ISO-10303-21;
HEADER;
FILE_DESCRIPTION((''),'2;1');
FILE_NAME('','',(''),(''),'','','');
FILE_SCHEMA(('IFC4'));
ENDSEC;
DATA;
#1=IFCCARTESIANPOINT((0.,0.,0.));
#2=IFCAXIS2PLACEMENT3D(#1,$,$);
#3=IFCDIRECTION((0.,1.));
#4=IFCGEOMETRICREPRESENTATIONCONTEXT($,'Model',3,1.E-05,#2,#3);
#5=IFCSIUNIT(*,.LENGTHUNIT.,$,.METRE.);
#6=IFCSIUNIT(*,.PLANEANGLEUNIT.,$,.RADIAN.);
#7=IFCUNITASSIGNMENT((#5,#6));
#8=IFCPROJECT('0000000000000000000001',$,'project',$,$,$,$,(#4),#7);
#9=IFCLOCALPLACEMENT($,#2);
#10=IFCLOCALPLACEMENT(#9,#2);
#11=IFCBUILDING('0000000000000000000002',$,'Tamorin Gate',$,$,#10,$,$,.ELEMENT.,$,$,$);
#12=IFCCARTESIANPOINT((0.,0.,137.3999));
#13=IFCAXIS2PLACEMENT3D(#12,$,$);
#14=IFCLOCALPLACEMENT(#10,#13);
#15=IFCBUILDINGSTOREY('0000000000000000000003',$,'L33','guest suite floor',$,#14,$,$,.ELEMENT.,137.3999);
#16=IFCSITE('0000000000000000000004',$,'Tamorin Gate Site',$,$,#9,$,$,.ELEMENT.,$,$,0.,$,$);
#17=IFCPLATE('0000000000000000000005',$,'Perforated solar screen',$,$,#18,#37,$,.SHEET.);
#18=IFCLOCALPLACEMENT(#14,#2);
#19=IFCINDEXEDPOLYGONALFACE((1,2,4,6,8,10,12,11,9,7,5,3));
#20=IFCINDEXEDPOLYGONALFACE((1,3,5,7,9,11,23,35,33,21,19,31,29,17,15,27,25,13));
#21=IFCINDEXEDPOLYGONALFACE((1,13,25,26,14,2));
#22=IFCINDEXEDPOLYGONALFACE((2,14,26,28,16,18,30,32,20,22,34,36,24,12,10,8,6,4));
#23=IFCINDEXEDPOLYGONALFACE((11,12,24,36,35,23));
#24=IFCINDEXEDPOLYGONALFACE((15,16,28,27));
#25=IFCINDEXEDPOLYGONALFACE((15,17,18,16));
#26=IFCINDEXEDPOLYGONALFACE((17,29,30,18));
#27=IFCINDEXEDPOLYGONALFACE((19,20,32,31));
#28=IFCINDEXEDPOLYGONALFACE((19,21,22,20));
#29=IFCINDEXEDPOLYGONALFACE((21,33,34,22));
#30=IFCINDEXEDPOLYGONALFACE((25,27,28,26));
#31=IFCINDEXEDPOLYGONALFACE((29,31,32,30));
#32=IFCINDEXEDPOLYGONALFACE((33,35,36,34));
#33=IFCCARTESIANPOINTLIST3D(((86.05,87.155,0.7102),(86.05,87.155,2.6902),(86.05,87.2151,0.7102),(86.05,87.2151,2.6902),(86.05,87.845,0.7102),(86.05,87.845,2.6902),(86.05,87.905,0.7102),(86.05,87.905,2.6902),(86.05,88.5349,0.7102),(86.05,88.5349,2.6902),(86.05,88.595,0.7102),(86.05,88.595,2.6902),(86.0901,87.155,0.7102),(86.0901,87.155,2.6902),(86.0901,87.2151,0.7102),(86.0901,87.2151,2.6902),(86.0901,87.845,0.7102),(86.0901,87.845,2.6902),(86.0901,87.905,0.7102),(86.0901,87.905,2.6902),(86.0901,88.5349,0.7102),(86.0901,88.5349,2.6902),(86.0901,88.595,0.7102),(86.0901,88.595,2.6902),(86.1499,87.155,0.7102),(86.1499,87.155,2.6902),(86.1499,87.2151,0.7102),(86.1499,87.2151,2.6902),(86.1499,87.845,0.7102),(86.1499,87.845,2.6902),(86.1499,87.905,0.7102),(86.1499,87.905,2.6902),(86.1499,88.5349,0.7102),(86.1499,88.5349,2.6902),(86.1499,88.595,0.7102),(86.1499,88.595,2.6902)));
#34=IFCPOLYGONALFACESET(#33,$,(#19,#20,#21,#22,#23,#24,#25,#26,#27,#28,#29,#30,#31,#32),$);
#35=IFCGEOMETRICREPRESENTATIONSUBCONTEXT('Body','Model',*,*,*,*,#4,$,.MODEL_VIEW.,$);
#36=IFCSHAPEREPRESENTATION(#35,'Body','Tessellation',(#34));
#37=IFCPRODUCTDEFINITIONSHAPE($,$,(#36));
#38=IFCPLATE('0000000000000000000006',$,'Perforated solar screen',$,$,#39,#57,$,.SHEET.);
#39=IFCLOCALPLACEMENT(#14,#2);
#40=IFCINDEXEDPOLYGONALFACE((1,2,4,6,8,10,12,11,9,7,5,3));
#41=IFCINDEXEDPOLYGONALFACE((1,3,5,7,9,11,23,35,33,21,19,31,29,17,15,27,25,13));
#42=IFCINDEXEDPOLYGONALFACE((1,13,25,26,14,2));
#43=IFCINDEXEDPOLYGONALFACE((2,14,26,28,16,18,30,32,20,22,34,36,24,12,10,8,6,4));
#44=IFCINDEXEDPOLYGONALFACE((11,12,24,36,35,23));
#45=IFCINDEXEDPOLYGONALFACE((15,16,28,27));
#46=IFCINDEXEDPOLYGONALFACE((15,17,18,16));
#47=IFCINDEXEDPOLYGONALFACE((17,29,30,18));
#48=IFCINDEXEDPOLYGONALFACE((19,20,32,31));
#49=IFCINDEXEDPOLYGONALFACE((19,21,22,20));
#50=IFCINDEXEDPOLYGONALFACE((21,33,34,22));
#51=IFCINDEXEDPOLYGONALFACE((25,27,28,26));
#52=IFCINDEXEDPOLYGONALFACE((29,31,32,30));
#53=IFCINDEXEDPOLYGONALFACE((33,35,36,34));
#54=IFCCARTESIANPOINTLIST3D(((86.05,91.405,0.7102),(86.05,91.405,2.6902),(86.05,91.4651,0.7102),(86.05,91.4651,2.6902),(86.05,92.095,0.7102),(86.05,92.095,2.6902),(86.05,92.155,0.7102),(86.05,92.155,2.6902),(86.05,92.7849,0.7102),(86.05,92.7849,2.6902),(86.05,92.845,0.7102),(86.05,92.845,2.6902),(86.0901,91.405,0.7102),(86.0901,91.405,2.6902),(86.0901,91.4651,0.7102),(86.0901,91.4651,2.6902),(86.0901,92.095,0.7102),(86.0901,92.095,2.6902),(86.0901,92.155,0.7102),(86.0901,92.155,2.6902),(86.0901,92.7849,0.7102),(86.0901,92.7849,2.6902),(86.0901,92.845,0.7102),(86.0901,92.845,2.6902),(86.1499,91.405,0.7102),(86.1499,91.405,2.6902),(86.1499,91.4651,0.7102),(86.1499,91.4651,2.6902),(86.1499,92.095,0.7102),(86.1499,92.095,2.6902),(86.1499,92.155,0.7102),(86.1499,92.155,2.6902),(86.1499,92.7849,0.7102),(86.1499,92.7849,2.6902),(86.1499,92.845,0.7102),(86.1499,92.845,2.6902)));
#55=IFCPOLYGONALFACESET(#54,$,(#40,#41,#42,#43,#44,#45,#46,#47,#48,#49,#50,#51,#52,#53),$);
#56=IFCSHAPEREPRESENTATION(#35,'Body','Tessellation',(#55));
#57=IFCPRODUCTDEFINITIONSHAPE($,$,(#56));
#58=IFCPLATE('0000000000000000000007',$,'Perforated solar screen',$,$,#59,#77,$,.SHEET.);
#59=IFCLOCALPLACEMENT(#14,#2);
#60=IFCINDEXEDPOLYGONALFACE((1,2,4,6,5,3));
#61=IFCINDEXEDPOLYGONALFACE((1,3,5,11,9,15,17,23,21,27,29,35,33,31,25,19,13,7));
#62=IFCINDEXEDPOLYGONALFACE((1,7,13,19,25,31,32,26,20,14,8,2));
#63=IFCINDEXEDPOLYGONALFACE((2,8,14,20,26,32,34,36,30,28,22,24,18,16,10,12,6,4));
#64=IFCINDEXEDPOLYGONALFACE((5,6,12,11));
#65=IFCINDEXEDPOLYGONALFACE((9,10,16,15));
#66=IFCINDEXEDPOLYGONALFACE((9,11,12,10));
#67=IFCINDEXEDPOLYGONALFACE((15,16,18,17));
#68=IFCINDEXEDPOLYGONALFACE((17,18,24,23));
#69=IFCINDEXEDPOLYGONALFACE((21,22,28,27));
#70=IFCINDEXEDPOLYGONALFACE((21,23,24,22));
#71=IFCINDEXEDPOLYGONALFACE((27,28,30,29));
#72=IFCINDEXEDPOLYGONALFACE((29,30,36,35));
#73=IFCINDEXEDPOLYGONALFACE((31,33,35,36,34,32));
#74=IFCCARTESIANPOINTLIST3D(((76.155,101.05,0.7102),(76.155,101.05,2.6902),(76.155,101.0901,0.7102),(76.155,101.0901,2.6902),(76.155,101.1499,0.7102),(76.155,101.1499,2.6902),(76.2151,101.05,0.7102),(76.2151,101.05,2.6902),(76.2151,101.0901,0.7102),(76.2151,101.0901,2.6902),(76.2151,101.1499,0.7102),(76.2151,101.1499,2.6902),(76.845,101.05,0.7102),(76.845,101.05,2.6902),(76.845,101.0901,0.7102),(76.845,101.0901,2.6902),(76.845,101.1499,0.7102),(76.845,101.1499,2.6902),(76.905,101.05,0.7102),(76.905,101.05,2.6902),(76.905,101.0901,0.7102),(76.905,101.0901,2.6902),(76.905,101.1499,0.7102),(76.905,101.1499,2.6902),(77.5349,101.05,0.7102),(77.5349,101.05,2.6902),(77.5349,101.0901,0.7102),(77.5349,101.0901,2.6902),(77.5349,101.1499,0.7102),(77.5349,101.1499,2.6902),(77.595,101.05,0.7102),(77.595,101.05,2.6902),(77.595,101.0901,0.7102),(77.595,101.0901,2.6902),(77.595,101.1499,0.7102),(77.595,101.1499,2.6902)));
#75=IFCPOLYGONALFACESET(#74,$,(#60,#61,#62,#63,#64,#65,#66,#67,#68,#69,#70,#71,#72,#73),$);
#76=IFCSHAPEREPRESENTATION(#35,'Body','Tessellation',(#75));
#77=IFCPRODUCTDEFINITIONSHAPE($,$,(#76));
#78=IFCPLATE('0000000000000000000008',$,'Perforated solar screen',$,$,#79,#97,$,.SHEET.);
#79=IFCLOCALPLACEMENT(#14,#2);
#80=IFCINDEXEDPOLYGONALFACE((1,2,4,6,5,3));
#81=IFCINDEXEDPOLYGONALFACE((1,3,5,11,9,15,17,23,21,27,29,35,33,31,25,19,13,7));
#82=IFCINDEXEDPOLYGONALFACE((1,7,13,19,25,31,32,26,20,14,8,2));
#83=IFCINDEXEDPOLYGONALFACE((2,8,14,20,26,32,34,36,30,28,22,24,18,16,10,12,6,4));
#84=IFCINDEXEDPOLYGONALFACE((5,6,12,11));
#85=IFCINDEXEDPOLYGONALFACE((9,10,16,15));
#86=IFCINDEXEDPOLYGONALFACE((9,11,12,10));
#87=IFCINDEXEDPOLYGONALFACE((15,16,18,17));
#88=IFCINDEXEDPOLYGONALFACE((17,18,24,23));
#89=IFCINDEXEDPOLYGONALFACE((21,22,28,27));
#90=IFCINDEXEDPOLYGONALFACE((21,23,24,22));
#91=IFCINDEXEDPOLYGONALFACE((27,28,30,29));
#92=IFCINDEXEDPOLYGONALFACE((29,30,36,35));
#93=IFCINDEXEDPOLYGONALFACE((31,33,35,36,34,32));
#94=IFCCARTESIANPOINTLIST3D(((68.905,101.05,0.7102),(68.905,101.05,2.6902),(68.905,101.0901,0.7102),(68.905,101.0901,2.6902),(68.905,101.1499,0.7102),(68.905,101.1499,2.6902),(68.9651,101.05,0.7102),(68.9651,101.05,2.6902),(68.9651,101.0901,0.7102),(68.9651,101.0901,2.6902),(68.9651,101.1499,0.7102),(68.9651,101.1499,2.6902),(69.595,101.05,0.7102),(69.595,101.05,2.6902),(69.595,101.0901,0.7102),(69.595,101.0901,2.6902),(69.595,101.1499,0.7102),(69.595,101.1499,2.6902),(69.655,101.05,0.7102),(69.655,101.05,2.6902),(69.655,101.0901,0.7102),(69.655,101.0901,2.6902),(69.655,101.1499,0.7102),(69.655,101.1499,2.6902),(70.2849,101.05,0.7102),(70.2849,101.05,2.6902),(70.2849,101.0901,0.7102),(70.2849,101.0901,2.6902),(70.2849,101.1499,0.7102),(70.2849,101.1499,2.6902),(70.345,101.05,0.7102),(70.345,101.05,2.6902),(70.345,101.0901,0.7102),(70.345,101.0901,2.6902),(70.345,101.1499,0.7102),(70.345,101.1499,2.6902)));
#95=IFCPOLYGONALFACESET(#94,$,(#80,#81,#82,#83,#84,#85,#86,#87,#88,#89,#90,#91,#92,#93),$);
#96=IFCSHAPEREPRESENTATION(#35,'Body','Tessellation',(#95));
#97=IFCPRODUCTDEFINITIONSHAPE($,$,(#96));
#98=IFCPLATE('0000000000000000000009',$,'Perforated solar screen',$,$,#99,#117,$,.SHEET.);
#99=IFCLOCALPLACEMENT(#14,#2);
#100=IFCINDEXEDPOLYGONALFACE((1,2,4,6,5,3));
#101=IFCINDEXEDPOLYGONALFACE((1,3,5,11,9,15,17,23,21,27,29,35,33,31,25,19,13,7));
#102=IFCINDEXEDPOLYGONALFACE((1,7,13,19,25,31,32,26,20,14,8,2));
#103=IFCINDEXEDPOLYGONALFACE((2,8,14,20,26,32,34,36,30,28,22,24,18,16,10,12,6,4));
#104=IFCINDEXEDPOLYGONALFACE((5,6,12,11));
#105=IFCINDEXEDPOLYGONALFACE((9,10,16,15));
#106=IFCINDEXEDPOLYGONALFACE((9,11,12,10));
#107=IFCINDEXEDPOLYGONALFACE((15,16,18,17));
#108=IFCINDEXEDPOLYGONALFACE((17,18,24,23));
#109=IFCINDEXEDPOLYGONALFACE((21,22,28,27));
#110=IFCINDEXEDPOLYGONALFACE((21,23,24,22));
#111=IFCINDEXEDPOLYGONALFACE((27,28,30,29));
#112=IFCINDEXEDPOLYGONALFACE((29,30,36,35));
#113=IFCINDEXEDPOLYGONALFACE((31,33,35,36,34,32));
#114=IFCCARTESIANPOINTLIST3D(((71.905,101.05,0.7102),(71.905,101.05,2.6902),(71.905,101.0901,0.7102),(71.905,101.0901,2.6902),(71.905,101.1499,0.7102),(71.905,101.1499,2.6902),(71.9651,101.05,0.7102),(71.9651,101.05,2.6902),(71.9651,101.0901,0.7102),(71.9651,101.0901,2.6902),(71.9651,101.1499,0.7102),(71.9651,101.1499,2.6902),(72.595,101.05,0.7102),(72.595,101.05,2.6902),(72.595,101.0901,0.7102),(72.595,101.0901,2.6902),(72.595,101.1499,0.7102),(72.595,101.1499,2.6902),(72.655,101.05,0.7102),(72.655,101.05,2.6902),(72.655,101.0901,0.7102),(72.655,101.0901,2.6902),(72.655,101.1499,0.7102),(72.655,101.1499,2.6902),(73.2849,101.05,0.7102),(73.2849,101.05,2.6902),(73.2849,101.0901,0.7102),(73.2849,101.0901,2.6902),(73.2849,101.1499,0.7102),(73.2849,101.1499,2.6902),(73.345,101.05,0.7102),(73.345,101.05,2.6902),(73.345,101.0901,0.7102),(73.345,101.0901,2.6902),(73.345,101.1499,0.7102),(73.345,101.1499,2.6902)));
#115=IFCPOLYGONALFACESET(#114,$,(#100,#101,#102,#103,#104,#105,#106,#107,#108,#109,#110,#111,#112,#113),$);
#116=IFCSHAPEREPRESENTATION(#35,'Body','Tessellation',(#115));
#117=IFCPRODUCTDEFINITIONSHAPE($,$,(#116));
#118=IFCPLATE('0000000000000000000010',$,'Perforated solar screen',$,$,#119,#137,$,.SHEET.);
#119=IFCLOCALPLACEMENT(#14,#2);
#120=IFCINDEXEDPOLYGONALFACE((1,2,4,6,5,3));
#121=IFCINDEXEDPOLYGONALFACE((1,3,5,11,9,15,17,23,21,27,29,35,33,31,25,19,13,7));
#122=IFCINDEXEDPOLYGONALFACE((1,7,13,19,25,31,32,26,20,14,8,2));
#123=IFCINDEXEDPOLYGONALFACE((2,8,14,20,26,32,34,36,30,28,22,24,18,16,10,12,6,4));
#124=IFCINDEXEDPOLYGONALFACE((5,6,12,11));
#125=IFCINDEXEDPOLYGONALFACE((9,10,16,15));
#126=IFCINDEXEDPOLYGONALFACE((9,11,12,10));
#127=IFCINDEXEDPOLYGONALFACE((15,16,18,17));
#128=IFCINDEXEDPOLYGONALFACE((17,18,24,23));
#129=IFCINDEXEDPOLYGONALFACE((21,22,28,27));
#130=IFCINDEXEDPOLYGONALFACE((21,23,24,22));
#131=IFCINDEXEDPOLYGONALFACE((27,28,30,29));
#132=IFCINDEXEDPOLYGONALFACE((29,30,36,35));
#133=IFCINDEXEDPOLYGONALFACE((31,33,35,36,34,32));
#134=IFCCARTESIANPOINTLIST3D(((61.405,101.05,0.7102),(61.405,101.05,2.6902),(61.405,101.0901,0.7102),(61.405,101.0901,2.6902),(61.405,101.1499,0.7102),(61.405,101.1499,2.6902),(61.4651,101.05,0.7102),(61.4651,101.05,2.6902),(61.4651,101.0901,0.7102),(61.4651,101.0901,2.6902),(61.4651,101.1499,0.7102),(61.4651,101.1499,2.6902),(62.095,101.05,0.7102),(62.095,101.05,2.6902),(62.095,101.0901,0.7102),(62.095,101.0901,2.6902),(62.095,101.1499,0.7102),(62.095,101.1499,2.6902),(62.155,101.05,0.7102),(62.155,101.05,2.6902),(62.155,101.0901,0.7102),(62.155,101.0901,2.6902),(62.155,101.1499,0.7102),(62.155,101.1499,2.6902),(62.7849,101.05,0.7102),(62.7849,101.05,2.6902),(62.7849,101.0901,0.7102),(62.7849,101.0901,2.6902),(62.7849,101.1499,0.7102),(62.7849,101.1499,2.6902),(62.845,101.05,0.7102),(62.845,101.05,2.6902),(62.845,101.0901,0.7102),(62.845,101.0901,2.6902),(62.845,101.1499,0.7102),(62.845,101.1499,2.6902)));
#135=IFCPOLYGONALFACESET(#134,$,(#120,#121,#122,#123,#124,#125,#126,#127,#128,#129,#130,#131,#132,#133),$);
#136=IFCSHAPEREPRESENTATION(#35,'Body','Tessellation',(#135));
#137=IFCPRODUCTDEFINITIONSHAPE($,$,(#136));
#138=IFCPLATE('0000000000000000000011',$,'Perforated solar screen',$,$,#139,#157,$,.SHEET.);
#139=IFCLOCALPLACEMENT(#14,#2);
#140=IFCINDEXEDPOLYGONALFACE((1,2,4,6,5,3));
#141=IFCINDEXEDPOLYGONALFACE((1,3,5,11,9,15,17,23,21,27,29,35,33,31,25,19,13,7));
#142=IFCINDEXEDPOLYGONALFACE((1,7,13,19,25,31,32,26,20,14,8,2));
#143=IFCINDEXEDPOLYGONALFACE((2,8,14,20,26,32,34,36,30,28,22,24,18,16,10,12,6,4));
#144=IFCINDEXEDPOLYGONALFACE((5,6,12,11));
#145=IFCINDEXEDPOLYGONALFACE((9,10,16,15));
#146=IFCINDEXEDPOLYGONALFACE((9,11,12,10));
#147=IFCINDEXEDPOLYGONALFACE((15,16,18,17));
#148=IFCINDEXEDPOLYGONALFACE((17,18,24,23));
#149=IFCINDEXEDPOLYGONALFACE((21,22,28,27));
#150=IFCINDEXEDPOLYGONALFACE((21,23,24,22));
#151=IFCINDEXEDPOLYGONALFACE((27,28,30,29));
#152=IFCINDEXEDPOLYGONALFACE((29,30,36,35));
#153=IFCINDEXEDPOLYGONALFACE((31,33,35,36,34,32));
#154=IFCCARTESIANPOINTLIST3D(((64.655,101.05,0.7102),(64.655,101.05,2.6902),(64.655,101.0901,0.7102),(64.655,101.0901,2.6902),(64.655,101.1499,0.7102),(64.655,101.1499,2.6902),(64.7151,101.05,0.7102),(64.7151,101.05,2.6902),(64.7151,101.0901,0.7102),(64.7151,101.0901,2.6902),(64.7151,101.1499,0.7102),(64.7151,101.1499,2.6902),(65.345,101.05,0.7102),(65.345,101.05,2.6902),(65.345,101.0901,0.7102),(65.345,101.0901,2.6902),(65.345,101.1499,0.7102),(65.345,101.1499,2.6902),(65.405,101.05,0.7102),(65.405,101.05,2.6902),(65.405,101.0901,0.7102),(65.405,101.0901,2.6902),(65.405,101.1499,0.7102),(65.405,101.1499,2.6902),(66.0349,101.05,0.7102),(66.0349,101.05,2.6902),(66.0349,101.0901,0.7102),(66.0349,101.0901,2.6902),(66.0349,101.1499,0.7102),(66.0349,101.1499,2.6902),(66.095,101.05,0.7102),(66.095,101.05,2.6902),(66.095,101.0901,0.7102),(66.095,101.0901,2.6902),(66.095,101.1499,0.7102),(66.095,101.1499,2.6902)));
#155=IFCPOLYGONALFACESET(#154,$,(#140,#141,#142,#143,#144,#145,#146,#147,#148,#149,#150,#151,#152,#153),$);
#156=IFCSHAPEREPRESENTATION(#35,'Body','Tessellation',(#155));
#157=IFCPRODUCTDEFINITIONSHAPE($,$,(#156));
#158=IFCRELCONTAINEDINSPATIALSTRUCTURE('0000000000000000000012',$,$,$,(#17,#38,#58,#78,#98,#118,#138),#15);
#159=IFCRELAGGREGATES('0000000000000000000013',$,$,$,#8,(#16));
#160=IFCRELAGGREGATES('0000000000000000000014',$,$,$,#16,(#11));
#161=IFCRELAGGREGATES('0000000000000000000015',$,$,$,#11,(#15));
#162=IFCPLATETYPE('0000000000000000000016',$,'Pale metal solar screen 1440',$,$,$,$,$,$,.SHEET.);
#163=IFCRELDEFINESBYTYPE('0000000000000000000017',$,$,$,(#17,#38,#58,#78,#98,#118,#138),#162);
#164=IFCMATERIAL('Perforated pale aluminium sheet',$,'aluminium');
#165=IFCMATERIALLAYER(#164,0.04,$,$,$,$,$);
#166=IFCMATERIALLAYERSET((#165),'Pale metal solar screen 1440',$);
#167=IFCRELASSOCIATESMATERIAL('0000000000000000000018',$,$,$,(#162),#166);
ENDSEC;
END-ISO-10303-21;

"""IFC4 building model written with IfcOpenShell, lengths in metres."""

from ifc_helpers import new_model, si_unit, direction, frame, origin, place, context, subcontext, project, spatial, polyline, outline, extrude, material, layer, layer_set, type_object, element, save


model = new_model("IFC4")

# Units and contexts
model_context = context("Model", 3, precision=1e-05, world=origin(), true_north=direction((0.0, 1.0)))
body_context = subcontext(model_context, "Body", "Model", "MODEL_VIEW")
ifc_project = project(units=[si_unit("LENGTHUNIT", "METRE"), si_unit("PLANEANGLEUNIT", "RADIAN")], contexts=[model_context])

# Site, building, storey
site_placement = place(None, origin())
site = spatial("IfcSite", under=ifc_project, at=site_placement, Name="Tamorin Gate Site", CompositionType="ELEMENT", RefElevation=0.0)
building_placement = place(site_placement, origin())
building = spatial("IfcBuilding", under=site, at=building_placement, Name="Tamorin Gate", CompositionType="ELEMENT")
storey_placement = place(building_placement, frame((0.0, 0.0, 137.3999)))
storey = spatial("IfcBuildingStorey", under=building, at=storey_placement, Name="L33", Description="guest suite floor", CompositionType="ELEMENT", Elevation=137.3999)

# Plates
ifc_material = material(Name="Perforated pale aluminium sheet", Category="aluminium")
ifc_layer_1 = layer(ifc_material, 0.04)
ifc_layer_set_1 = layer_set([ifc_layer_1], Name="Pale metal solar screen 1440")
plate_type_1 = type_object("IfcPlateType", Name="Pale metal solar screen 1440", PredefinedType="SHEET", material=ifc_layer_set_1)
plate_1_placement = place(storey_placement, frame((0.0, 0.0, 0.7102)))
element("IfcPlate", 1, at=plate_1_placement, inside=storey, type_object=plate_type_1, Name="Perforated solar screen", PredefinedType="SHEET", context=body_context, shape_type="SweptSolid", body=[
    extrude(outline(polyline([(86.0901, 87.155), (86.05, 87.155), (86.05, 87.2151), (86.05, 87.845), (86.05, 87.905), (86.05, 88.5349), (86.05, 88.595), (86.0901, 88.595), (86.1499, 88.595), (86.1499, 88.5349), (86.0901, 88.5349), (86.0901, 87.905), (86.1499, 87.905), (86.1499, 87.845), (86.0901, 87.845), (86.0901, 87.2151), (86.1499, 87.2151), (86.1499, 87.155), (86.0901, 87.155)])), origin(), (0.0, 0.0, 1.0), 1.98),
])
plate_2_placement = place(storey_placement, frame((0.0, 0.0, 0.7102)))
element("IfcPlate", 2, at=plate_2_placement, inside=storey, type_object=plate_type_1, Name="Perforated solar screen", PredefinedType="SHEET", context=body_context, shape_type="SweptSolid", body=[
    extrude(outline(polyline([(86.0901, 91.405), (86.05, 91.405), (86.05, 91.4651), (86.05, 92.095), (86.05, 92.155), (86.05, 92.7849), (86.05, 92.845), (86.0901, 92.845), (86.1499, 92.845), (86.1499, 92.7849), (86.0901, 92.7849), (86.0901, 92.155), (86.1499, 92.155), (86.1499, 92.095), (86.0901, 92.095), (86.0901, 91.4651), (86.1499, 91.4651), (86.1499, 91.405), (86.0901, 91.405)])), origin(), (0.0, 0.0, 1.0), 1.98),
])
plate_3_placement = place(storey_placement, frame((0.0, 0.0, 0.7102)))
element("IfcPlate", 3, at=plate_3_placement, inside=storey, type_object=plate_type_1, Name="Perforated solar screen", PredefinedType="SHEET", context=body_context, shape_type="SweptSolid", body=[
    extrude(outline(polyline([(77.595, 101.0901), (77.595, 101.05), (77.5349, 101.05), (76.905, 101.05), (76.845, 101.05), (76.2151, 101.05), (76.155, 101.05), (76.155, 101.05), (76.155, 101.0901), (76.155, 101.0901), (76.155, 101.1499), (76.2151, 101.1499), (76.2151, 101.0901), (76.845, 101.0901), (76.845, 101.1499), (76.905, 101.1499), (76.905, 101.0901), (77.5349, 101.0901), (77.5349, 101.1499), (77.595, 101.1499), (77.595, 101.0901)])), origin(), (0.0, 0.0, 1.0), 1.98),
])
plate_4_placement = place(storey_placement, frame((0.0, 0.0, 0.7102)))
element("IfcPlate", 4, at=plate_4_placement, inside=storey, type_object=plate_type_1, Name="Perforated solar screen", PredefinedType="SHEET", context=body_context, shape_type="SweptSolid", body=[
    extrude(outline(polyline([(70.345, 101.0901), (70.345, 101.05), (70.2849, 101.05), (69.655, 101.05), (69.595, 101.05), (68.9651, 101.05), (68.905, 101.05), (68.905, 101.0901), (68.905, 101.1499), (68.9651, 101.1499), (68.9651, 101.0901), (69.595, 101.0901), (69.595, 101.1499), (69.655, 101.1499), (69.655, 101.0901), (70.2849, 101.0901), (70.2849, 101.1499), (70.345, 101.1499), (70.345, 101.0901)])), origin(), (0.0, 0.0, 1.0), 1.98),
])
plate_5_placement = place(storey_placement, frame((0.0, 0.0, 0.7102)))
element("IfcPlate", 5, at=plate_5_placement, inside=storey, type_object=plate_type_1, Name="Perforated solar screen", PredefinedType="SHEET", context=body_context, shape_type="SweptSolid", body=[
    extrude(outline(polyline([(73.345, 101.0901), (73.345, 101.05), (73.2849, 101.05), (72.655, 101.05), (72.595, 101.05), (71.9651, 101.05), (71.905, 101.05), (71.905, 101.0901), (71.905, 101.1499), (71.9651, 101.1499), (71.9651, 101.0901), (72.595, 101.0901), (72.595, 101.1499), (72.655, 101.1499), (72.655, 101.0901), (73.2849, 101.0901), (73.2849, 101.1499), (73.345, 101.1499), (73.345, 101.0901)])), origin(), (0.0, 0.0, 1.0), 1.98),
])
plate_6_placement = place(storey_placement, frame((0.0, 0.0, 0.7102)))
element("IfcPlate", 6, at=plate_6_placement, inside=storey, type_object=plate_type_1, Name="Perforated solar screen", PredefinedType="SHEET", context=body_context, shape_type="SweptSolid", body=[
    extrude(outline(polyline([(62.845, 101.0901), (62.845, 101.05), (62.7849, 101.05), (62.155, 101.05), (62.095, 101.05), (61.4651, 101.05), (61.405, 101.05), (61.405, 101.0901), (61.405, 101.1499), (61.4651, 101.1499), (61.4651, 101.0901), (62.095, 101.0901), (62.095, 101.1499), (62.155, 101.1499), (62.155, 101.0901), (62.7849, 101.0901), (62.7849, 101.1499), (62.845, 101.1499), (62.845, 101.0901)])), origin(), (0.0, 0.0, 1.0), 1.98),
])
plate_7_placement = place(storey_placement, frame((0.0, 0.0, 0.7102)))
element("IfcPlate", 7, at=plate_7_placement, inside=storey, type_object=plate_type_1, Name="Perforated solar screen", PredefinedType="SHEET", context=body_context, shape_type="SweptSolid", body=[
    extrude(outline(polyline([(66.095, 101.0901), (66.095, 101.05), (66.0349, 101.05), (65.405, 101.05), (65.345, 101.05), (64.7151, 101.05), (64.655, 101.05), (64.655, 101.0901), (64.655, 101.1499), (64.7151, 101.1499), (64.7151, 101.0901), (65.345, 101.0901), (65.345, 101.1499), (65.405, 101.1499), (65.405, 101.0901), (66.0349, 101.0901), (66.0349, 101.1499), (66.095, 101.1499), (66.095, 101.0901)])), origin(), (0.0, 0.0, 1.0), 1.98),
])

save(model, "model.ifc")
